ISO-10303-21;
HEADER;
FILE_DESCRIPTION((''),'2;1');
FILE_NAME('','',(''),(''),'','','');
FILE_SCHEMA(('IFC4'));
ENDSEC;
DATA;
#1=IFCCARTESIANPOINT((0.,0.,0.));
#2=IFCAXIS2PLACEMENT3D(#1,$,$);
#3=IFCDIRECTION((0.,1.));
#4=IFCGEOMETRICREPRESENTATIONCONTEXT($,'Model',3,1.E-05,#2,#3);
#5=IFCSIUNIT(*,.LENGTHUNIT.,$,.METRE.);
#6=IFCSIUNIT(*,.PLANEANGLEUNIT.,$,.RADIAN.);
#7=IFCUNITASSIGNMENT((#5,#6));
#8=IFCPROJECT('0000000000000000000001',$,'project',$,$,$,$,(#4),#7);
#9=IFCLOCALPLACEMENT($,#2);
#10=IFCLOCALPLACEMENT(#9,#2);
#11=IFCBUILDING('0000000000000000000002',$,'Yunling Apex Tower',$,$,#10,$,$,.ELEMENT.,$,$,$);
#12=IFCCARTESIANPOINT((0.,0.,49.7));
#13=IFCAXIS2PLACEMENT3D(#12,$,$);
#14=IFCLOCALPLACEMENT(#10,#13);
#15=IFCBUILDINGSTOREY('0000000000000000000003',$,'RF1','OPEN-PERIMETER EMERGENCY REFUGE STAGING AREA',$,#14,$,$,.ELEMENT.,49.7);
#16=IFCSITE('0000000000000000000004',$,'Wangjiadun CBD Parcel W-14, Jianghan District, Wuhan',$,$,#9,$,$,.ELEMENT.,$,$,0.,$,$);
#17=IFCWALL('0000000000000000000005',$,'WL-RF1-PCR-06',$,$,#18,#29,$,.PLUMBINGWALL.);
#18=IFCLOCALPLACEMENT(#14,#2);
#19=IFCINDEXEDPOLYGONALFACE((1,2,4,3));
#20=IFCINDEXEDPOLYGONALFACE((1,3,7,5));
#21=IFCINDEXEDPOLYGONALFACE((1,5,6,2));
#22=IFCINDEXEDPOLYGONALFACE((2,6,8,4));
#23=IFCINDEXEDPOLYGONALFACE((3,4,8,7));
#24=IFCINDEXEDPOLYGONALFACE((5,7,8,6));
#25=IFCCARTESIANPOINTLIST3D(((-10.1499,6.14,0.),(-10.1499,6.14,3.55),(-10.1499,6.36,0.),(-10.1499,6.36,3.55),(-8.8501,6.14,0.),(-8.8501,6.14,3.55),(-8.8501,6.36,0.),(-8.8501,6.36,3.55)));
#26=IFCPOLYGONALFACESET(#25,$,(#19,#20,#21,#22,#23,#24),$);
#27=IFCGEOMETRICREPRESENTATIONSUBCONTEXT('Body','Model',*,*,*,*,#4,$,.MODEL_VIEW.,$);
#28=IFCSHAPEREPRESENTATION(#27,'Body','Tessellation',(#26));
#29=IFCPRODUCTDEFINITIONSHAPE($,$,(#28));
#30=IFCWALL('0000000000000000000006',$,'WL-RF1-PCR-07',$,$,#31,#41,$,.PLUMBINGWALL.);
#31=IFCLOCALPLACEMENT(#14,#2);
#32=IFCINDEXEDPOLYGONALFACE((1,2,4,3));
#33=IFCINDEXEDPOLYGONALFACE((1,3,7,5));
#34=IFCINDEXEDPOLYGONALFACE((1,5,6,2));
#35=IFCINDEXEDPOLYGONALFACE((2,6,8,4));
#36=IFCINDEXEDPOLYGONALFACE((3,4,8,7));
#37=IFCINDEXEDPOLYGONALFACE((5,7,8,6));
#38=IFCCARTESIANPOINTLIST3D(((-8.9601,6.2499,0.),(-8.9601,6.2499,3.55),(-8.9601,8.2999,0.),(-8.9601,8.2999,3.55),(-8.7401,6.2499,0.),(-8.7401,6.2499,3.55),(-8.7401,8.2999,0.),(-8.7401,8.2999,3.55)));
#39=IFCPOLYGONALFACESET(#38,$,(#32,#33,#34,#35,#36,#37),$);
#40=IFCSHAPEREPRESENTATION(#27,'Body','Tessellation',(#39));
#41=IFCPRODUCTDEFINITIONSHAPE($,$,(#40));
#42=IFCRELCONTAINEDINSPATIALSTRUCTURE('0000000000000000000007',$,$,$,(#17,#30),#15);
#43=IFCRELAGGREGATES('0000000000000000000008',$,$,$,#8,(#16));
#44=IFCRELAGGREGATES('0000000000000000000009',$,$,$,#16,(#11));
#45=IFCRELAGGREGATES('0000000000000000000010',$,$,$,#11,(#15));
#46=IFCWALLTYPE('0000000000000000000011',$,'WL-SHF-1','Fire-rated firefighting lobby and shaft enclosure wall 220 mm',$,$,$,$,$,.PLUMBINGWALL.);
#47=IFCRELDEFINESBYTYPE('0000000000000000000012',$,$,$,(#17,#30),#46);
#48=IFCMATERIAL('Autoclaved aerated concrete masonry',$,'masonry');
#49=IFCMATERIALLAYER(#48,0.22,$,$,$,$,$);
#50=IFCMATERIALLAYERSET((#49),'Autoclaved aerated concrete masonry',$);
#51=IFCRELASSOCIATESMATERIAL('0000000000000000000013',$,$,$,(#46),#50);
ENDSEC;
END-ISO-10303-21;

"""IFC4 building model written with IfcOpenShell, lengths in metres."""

from ifc_helpers import new_model, si_unit, direction, frame, frame_2d, origin, place, context, subcontext, project, spatial, rectangle, extrude, material, layer, layer_set, type_object, element, save


model = new_model("IFC4")

# Units and contexts
model_context = context("Model", 3, precision=1e-05, world=origin(), true_north=direction((0.0, 1.0)))
body_context = subcontext(model_context, "Body", "Model", "MODEL_VIEW")
ifc_project = project(units=[si_unit("LENGTHUNIT", "METRE"), si_unit("PLANEANGLEUNIT", "RADIAN")], contexts=[model_context])

# Site, building, storey
site_placement = place(None, origin())
site = spatial("IfcSite", under=ifc_project, at=site_placement, Name="Wangjiadun CBD Parcel W-14, Jianghan District, Wuhan", CompositionType="ELEMENT", RefElevation=0.0)
building_placement = place(site_placement, origin())
building = spatial("IfcBuilding", under=site, at=building_placement, Name="Yunling Apex Tower", CompositionType="ELEMENT")
storey_placement = place(building_placement, frame((0.0, 0.0, 49.7)))
storey = spatial("IfcBuildingStorey", under=building, at=storey_placement, Name="RF1", Description="OPEN-PERIMETER EMERGENCY REFUGE STAGING AREA", CompositionType="ELEMENT", Elevation=49.7)

# Shared definitions
ifc_material_1 = material(Name="Autoclaved aerated concrete masonry", Category="masonry")
ifc_layer_1 = layer(ifc_material_1, 0.22)
ifc_layer_set_1 = layer_set([ifc_layer_1], Name="Autoclaved aerated concrete masonry")
wall_type_1 = type_object("IfcWallType", Name="WL-SHF-1", Description="Fire-rated firefighting lobby and shaft enclosure wall 220 mm", PredefinedType="PLUMBINGWALL", material=ifc_layer_set_1)

# Walls
wall_1_placement = place(storey_placement, frame((-10.1499, 6.25, 0.0), z_axis=(0.0, 0.0, 1.0), x_axis=(1.0, 0.0, 0.0)))
element("IfcWall", 1, at=wall_1_placement, inside=storey, type_object=wall_type_1, Name="WL-RF1-PCR-06", PredefinedType="PLUMBINGWALL", context=body_context, shape_type="SweptSolid", body=[
    extrude(rectangle(XDim=1.2998, YDim=0.22, at=frame_2d((0.6499, 0.0))), origin(), (0.0, 0.0, 1.0), 3.55),
])
wall_2_placement = place(storey_placement, frame((-8.8501, 6.25, 0.0), z_axis=(0.0, 0.0, 1.0), x_axis=(0.0, 1.0, 0.0)))
element("IfcWall", 2, at=wall_2_placement, inside=storey, type_object=wall_type_1, Name="WL-RF1-PCR-07", PredefinedType="PLUMBINGWALL", context=body_context, shape_type="SweptSolid", body=[
    extrude(rectangle(XDim=2.05, YDim=0.22, at=frame_2d((1.0249, 0.0))), origin(), (0.0, 0.0, 1.0), 3.55),
])

save(model, "model.ifc")
